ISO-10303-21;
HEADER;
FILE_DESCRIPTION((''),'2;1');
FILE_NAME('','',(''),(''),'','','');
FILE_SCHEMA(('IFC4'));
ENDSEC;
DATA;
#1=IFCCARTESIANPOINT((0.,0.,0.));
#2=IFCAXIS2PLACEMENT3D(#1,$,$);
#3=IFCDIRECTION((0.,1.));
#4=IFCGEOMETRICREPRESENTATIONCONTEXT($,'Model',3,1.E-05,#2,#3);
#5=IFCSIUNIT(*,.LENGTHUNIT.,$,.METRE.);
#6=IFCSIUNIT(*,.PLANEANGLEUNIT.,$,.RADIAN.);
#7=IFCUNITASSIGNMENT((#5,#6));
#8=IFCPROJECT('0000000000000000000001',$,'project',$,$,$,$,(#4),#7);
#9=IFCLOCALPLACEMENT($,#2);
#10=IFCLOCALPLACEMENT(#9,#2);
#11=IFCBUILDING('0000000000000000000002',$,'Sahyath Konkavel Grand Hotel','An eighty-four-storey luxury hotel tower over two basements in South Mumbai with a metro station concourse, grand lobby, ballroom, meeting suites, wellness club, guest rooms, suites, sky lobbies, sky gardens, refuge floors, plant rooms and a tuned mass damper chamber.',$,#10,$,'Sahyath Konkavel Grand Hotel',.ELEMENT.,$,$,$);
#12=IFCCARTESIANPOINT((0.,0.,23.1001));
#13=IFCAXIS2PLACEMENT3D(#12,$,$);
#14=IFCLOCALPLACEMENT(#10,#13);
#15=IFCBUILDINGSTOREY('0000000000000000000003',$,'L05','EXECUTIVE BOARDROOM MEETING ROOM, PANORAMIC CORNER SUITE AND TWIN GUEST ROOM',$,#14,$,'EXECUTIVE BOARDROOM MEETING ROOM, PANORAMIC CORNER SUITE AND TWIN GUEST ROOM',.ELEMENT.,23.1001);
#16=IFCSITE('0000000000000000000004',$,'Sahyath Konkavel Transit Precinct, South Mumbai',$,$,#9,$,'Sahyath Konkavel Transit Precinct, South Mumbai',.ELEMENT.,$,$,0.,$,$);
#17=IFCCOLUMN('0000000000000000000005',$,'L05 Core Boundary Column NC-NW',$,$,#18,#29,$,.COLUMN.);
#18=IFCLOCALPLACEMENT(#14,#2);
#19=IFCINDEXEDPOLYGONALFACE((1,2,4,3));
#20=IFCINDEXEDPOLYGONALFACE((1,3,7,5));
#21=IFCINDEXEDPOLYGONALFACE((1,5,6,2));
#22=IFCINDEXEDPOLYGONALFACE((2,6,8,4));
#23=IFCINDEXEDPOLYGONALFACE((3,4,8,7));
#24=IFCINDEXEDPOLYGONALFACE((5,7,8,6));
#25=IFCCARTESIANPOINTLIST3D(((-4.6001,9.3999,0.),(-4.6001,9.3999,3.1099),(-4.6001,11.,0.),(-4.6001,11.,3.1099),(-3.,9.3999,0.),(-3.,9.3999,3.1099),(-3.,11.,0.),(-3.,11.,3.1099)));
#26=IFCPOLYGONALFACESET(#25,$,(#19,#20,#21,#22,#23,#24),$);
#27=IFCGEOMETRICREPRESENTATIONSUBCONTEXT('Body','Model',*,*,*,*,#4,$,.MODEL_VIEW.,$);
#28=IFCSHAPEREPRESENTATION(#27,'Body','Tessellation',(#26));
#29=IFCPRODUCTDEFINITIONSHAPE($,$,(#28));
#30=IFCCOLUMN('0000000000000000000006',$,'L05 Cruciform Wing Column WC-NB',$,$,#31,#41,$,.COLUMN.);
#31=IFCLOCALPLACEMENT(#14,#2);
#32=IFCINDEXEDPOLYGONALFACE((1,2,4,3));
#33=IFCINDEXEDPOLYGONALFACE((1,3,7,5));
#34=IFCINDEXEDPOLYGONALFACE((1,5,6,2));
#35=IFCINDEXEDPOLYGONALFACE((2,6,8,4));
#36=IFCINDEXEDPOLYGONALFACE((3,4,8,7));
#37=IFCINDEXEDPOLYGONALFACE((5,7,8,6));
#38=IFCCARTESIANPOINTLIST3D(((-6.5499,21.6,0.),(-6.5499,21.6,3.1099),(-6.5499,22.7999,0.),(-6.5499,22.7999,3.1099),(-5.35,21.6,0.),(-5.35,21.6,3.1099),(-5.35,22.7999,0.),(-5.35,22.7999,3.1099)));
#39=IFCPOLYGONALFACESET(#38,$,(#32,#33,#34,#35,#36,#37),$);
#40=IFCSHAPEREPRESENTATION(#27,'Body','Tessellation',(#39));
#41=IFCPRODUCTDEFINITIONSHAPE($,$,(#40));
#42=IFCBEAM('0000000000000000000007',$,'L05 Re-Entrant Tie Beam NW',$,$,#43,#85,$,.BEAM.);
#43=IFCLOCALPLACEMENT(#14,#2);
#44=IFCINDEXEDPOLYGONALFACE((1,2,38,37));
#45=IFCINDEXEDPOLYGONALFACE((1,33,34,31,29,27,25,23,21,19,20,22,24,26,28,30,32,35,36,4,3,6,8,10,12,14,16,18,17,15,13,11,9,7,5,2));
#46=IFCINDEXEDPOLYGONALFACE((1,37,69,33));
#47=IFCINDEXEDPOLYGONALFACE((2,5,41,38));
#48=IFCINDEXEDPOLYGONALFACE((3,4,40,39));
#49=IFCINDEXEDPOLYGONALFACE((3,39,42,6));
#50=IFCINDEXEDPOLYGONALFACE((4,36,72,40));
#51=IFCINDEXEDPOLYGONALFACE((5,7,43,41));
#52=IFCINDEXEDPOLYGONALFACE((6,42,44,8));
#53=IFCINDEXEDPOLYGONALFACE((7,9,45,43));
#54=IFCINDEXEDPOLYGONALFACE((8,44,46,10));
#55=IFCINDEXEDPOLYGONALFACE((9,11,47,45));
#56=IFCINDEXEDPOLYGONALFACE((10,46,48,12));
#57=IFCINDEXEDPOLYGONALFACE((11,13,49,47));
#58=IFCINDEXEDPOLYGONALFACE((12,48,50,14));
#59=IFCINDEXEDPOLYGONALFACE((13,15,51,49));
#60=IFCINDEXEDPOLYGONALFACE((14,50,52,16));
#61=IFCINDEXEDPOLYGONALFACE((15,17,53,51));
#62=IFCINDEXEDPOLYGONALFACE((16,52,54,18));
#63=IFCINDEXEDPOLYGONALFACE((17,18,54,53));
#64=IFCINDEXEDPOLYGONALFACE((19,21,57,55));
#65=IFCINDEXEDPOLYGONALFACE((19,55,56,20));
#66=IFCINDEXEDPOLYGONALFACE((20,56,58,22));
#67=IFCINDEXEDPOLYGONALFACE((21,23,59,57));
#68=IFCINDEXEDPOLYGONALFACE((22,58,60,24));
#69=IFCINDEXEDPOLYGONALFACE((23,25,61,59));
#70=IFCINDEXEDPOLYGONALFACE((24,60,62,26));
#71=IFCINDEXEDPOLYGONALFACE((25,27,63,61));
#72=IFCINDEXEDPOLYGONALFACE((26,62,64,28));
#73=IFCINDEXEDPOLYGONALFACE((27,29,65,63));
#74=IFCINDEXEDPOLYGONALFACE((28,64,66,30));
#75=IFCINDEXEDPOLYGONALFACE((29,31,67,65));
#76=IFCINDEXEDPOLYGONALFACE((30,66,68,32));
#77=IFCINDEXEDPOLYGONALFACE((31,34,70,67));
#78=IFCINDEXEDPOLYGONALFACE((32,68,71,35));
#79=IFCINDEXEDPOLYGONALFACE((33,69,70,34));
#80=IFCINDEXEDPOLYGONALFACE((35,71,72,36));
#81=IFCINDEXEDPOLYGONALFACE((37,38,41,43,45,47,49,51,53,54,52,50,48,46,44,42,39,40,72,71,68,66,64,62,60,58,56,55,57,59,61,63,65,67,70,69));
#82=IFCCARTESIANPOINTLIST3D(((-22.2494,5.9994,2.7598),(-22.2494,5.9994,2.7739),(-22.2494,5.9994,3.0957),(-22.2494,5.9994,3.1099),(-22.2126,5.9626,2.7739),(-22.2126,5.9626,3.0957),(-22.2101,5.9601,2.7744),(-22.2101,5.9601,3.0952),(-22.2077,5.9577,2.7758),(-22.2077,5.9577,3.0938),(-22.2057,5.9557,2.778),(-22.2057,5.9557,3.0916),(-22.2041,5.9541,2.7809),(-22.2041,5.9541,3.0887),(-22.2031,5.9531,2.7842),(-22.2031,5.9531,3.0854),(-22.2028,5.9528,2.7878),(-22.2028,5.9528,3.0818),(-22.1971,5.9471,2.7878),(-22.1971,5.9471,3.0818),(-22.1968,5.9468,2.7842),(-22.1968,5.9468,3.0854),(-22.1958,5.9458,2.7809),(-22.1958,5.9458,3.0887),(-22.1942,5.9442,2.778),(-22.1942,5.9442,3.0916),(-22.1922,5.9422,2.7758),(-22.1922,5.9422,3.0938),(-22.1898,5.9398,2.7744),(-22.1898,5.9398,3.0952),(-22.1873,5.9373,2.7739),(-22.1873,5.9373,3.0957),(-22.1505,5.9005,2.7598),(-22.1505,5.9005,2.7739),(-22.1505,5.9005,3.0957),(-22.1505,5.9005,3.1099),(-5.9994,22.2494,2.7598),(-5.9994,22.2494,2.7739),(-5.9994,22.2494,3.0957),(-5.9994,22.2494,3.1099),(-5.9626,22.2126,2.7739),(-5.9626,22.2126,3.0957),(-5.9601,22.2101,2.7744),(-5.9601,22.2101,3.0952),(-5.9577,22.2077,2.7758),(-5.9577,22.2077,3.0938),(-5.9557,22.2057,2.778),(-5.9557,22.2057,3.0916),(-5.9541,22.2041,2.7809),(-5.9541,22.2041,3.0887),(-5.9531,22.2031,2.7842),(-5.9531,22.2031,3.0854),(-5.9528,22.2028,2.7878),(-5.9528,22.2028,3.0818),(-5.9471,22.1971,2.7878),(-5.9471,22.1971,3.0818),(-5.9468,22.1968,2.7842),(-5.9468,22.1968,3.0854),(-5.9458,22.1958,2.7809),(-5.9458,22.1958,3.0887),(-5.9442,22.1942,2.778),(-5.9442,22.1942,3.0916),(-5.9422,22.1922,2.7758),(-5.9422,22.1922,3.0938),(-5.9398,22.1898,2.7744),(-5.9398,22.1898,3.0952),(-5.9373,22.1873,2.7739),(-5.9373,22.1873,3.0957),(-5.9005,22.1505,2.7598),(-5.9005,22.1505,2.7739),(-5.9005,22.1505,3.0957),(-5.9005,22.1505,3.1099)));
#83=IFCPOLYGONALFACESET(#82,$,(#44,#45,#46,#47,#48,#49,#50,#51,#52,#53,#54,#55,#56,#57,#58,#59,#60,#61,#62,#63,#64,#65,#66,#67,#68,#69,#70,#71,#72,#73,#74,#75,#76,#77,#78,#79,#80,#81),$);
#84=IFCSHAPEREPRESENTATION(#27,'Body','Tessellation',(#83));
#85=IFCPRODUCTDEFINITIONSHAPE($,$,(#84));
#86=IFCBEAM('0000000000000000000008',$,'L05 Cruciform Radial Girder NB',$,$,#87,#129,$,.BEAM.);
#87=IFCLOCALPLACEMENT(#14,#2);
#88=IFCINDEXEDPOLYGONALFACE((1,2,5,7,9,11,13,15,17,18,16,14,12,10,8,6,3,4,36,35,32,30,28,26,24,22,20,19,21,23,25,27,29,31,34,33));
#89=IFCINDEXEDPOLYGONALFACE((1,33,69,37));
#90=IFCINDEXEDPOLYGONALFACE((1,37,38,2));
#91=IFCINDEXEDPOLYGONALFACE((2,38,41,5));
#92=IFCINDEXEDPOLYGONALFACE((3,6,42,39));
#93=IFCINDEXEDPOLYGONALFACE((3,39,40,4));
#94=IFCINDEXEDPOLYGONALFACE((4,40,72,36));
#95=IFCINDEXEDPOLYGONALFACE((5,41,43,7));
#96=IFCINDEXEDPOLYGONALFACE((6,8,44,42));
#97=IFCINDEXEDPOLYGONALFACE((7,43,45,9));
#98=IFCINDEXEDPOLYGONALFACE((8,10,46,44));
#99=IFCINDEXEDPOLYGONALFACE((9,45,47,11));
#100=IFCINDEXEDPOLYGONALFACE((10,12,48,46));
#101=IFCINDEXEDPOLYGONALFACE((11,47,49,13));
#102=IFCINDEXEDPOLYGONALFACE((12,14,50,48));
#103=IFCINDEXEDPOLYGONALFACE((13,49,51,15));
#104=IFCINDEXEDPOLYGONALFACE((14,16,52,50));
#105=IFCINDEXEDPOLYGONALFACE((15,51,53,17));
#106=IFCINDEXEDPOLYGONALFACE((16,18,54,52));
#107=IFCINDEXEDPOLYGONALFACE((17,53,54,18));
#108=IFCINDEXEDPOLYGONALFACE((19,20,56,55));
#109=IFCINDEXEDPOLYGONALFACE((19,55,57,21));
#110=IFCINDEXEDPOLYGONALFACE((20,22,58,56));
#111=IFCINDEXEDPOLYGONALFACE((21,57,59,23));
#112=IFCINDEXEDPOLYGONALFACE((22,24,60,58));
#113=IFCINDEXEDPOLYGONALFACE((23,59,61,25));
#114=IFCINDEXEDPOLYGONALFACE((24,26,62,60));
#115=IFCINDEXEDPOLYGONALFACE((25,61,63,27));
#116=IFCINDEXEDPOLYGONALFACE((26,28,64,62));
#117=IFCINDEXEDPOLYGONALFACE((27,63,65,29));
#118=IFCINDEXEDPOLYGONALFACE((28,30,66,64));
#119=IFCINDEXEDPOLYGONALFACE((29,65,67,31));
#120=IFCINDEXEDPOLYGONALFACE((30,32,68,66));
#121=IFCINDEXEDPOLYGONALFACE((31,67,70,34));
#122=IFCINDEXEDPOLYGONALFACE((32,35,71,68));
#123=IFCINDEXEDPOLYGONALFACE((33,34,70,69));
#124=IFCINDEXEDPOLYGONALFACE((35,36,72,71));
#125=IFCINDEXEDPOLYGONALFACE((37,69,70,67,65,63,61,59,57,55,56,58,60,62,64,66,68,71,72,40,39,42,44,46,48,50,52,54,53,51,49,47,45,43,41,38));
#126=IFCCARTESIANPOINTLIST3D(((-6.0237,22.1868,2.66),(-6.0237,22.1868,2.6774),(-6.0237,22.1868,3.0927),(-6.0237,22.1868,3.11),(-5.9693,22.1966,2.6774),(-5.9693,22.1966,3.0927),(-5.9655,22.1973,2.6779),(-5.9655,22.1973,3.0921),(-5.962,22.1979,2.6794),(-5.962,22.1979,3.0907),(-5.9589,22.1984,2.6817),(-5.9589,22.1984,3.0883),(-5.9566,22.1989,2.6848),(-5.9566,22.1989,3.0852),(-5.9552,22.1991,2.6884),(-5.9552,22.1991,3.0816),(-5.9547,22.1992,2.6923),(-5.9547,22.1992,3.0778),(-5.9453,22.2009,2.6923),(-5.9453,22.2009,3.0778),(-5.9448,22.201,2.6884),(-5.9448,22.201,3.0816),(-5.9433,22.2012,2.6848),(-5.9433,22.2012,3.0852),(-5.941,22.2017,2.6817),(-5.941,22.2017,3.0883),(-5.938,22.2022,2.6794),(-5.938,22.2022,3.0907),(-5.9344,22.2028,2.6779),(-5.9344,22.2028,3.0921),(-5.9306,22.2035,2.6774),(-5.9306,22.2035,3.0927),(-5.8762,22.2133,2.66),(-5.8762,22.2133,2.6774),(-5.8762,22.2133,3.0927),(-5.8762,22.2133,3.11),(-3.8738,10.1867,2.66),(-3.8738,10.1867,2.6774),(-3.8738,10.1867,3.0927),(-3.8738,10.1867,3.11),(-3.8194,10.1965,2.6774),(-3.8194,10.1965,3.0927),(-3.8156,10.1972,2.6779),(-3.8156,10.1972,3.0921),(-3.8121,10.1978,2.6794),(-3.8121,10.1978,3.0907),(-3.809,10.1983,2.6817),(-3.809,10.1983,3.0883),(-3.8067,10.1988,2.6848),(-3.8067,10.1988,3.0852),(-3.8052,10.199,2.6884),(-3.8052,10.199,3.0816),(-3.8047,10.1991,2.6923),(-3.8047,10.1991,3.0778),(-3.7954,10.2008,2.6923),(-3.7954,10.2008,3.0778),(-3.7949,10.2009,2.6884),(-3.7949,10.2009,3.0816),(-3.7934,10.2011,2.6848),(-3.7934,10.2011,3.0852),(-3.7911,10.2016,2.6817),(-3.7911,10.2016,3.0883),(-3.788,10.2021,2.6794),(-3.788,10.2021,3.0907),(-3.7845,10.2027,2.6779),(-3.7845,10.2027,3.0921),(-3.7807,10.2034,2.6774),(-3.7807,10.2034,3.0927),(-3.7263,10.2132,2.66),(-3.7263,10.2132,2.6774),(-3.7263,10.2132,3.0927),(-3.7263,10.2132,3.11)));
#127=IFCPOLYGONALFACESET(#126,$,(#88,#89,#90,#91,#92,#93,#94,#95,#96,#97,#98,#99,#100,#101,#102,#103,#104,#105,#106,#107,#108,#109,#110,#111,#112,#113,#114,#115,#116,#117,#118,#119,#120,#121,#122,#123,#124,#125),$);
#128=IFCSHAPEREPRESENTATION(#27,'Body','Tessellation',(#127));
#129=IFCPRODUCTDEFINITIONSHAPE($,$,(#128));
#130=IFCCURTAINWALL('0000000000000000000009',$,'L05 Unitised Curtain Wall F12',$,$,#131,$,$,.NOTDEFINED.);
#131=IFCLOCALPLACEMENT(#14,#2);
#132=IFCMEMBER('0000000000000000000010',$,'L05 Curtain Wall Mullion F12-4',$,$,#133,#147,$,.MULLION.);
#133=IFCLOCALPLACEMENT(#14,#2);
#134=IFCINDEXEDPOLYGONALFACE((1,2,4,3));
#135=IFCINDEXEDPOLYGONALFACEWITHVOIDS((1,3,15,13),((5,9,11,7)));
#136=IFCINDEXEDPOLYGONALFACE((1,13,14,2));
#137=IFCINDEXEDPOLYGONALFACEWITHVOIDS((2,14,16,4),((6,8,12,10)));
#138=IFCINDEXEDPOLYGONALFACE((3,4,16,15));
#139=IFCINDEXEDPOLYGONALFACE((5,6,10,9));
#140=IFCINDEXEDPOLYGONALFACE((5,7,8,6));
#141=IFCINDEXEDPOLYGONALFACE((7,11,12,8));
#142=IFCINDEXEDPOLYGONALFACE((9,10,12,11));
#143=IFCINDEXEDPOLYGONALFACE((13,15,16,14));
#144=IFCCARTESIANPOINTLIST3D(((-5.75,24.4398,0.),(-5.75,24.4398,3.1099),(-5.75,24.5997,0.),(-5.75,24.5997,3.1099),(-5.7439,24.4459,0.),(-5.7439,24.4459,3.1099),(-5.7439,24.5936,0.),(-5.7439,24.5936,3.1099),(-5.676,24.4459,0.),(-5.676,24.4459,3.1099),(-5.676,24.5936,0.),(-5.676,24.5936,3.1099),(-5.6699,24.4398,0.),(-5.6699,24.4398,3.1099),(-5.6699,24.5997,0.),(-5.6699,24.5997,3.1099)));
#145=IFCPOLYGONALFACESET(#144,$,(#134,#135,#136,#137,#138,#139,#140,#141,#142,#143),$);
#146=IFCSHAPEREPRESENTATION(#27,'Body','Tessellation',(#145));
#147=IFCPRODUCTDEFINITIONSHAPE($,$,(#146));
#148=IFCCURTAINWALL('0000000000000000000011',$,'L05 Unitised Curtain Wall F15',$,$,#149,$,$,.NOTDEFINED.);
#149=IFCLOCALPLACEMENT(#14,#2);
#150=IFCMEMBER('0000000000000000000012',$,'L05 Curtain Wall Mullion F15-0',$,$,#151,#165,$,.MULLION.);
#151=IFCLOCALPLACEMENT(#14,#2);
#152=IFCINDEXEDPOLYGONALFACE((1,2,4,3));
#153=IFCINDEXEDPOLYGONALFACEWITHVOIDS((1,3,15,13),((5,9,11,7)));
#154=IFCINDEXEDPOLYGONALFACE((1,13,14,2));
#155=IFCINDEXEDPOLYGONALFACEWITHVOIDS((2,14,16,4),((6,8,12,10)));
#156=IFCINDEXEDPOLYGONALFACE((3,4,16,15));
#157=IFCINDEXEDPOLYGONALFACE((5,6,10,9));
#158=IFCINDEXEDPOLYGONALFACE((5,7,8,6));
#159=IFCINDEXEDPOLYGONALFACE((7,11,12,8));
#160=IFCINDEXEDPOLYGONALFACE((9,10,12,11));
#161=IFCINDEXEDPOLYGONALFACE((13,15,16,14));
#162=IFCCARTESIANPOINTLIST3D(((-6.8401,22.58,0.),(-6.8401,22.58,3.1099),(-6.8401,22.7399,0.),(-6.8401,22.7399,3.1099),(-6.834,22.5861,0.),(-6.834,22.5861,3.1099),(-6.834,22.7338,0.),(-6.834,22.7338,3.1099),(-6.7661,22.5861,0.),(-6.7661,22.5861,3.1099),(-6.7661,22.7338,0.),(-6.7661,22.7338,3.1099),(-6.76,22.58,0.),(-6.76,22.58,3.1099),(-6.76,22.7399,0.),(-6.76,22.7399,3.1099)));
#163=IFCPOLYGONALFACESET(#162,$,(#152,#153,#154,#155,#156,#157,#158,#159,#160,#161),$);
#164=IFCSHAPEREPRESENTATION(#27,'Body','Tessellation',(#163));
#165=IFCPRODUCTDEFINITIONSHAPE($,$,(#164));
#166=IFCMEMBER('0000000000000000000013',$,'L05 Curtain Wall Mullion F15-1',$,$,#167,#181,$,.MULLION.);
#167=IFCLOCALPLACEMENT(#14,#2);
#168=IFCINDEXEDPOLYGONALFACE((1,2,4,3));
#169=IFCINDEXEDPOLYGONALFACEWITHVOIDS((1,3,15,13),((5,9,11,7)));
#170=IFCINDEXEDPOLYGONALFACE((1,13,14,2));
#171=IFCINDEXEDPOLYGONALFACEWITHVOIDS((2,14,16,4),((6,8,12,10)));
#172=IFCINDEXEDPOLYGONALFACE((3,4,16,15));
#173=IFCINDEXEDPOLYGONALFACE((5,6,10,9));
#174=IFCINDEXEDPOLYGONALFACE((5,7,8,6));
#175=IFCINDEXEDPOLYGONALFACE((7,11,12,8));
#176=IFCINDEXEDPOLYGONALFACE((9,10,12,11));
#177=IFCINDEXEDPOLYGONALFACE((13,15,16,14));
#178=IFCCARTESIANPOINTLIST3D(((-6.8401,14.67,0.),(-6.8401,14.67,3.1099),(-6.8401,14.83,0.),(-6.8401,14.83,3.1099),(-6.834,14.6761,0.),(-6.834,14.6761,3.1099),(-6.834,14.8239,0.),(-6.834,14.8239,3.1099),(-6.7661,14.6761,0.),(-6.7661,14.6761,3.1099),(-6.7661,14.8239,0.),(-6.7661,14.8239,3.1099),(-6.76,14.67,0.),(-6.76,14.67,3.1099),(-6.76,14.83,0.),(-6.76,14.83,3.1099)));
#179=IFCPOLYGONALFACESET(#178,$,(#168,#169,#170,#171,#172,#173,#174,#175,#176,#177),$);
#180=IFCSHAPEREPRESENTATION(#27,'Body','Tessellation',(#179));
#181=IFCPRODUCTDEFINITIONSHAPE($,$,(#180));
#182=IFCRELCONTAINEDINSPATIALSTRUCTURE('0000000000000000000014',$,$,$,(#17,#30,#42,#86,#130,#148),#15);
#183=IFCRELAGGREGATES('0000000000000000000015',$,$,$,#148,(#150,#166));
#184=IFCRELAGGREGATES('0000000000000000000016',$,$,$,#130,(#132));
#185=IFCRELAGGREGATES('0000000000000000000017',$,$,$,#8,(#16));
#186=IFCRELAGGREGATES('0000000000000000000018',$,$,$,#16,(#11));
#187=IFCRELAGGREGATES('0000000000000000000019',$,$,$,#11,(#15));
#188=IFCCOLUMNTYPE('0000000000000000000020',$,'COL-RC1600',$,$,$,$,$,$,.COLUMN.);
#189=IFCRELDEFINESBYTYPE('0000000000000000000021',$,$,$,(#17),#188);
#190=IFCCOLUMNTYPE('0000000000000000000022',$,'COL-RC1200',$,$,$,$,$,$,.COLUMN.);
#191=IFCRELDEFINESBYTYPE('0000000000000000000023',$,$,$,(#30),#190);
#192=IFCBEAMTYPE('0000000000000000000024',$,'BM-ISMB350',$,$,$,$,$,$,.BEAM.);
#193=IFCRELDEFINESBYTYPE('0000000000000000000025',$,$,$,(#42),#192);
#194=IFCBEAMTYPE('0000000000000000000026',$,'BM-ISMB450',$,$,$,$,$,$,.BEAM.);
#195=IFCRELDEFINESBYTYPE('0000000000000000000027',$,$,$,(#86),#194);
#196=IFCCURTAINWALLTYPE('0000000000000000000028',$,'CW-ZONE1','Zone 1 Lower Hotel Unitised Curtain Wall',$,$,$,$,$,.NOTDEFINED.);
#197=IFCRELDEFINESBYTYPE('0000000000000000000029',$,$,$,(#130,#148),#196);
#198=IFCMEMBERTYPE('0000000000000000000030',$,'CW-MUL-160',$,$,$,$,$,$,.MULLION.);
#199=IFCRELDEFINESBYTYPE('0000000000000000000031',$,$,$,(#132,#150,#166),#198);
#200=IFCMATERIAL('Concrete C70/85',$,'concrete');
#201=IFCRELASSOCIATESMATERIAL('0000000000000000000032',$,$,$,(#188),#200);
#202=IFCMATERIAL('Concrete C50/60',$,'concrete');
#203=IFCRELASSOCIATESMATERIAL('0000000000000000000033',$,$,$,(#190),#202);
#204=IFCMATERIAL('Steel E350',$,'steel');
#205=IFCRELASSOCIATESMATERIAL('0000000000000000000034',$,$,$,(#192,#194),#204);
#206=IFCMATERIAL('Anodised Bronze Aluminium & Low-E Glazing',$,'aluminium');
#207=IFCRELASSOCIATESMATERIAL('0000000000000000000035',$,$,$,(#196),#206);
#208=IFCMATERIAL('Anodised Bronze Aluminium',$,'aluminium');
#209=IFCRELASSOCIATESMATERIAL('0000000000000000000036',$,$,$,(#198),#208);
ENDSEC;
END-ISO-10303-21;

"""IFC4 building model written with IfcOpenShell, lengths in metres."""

from ifc_helpers import new_model, si_unit, direction, frame, origin, origin_2d, place, context, subcontext, project, spatial, rectangle, hollow_rectangle, i_section, extrude, source, transform, mapped, material, material_profile, profile_set, type_object, element, aggregate, save


model = new_model("IFC4")

# Units and contexts
model_context = context("Model", 3, precision=1e-05, world=origin(), true_north=direction((0.0, 1.0)))
body_context = subcontext(model_context, "Body", "Model", "MODEL_VIEW")
ifc_project = project(units=[si_unit("LENGTHUNIT", "METRE"), si_unit("PLANEANGLEUNIT", "RADIAN")], contexts=[model_context])

# Site, building, storey
site_placement = place(None, origin())
site = spatial("IfcSite", under=ifc_project, at=site_placement, Name="Sahyath Konkavel Transit Precinct, South Mumbai", LongName="Sahyath Konkavel Transit Precinct, South Mumbai", CompositionType="ELEMENT", RefElevation=0.0)
building_placement = place(site_placement, origin())
building = spatial("IfcBuilding", under=site, at=building_placement, Name="Sahyath Konkavel Grand Hotel", Description="An eighty-four-storey luxury hotel tower over two basements in South Mumbai with a metro station concourse, grand lobby, ballroom, meeting suites, wellness club, guest rooms, suites, sky lobbies, sky gardens, refuge floors, plant rooms and a tuned mass damper chamber.", LongName="Sahyath Konkavel Grand Hotel", CompositionType="ELEMENT")
storey_placement = place(building_placement, frame((0.0, 0.0, 23.1001)))
storey = spatial("IfcBuildingStorey", under=building, at=storey_placement, Name="L05", Description="EXECUTIVE BOARDROOM MEETING ROOM, PANORAMIC CORNER SUITE AND TWIN GUEST ROOM", LongName="EXECUTIVE BOARDROOM MEETING ROOM, PANORAMIC CORNER SUITE AND TWIN GUEST ROOM", CompositionType="ELEMENT", Elevation=23.1001)

# Columns
ifc_material_1 = material(Name="Concrete C70/85", Category="concrete")
ifc_material_profile_1 = material_profile(ifc_material_1, rectangle(XDim=1.6001, YDim=1.6001, at=origin_2d()), Name="RC 1600x1600")
ifc_profile_set_1 = profile_set([ifc_material_profile_1], Name="Concrete C70/85")
column_type_1 = type_object("IfcColumnType", Name="COL-RC1600", PredefinedType="COLUMN", material=ifc_profile_set_1)
shared_shape_1 = source(origin(), body_context, "Body", "SweptSolid", [
    extrude(rectangle(XDim=1.6001, YDim=1.6001, at=origin_2d()), origin(), (0.0, 0.0, 1.0), 3.1099),
])
column_1_placement = place(storey_placement, frame((-3.8, 10.2, 0.0), z_axis=(0.0, 0.0, 1.0), x_axis=(1.0, 0.0, 0.0)))
element("IfcColumn", 1, at=column_1_placement, inside=storey, type_object=column_type_1, Name="L05 Core Boundary Column NC-NW", PredefinedType="COLUMN", context=body_context, shape_type="MappedRepresentation", body=[
    mapped(shared_shape_1, transform((0.0, 0.0, 0.0), scale=1.0)),
])
ifc_material_2 = material(Name="Concrete C50/60", Category="concrete")
ifc_material_profile_2 = material_profile(ifc_material_2, rectangle(XDim=1.2, YDim=1.2, at=origin_2d()), Name="RC 1200x1200")
ifc_profile_set_2 = profile_set([ifc_material_profile_2], Name="Concrete C50/60")
column_type_2 = type_object("IfcColumnType", Name="COL-RC1200", PredefinedType="COLUMN", material=ifc_profile_set_2)
shared_shape_2 = source(origin(), body_context, "Body", "SweptSolid", [
    extrude(rectangle(XDim=1.2, YDim=1.2, at=origin_2d()), origin(), (0.0, 0.0, 1.0), 3.1099),
])
column_2_placement = place(storey_placement, frame((-5.95, 22.2, 0.0), z_axis=(0.0, 0.0, 1.0), x_axis=(1.0, 0.0, 0.0)))
element("IfcColumn", 2, at=column_2_placement, inside=storey, type_object=column_type_2, Name="L05 Cruciform Wing Column WC-NB", PredefinedType="COLUMN", context=body_context, shape_type="MappedRepresentation", body=[
    mapped(shared_shape_2, transform((0.0, 0.0, 0.0), scale=1.0)),
])

# Beams
ifc_material_3 = material(Name="Steel E350", Category="steel")
ifc_material_profile_3 = material_profile(ifc_material_3, i_section(OverallWidth=0.1399, OverallDepth=0.3501, WebThickness=0.0081, FlangeThickness=0.0142, FilletRadius=0.0139, at=origin_2d()), Name="ISMB 350")
ifc_profile_set_3 = profile_set([ifc_material_profile_3], Name="Steel E350")
beam_type_1 = type_object("IfcBeamType", Name="BM-ISMB350", PredefinedType="BEAM", material=ifc_profile_set_3)
shared_shape_3 = source(origin(), body_context, "Body", "SweptSolid", [
    extrude(i_section(OverallWidth=0.1399, OverallDepth=0.3501, WebThickness=0.0081, FlangeThickness=0.0142, FilletRadius=0.0139, at=origin_2d()), origin(), (0.0, 0.0, 1.0), 22.981),
])
beam_1_placement = place(storey_placement, frame((-5.95, 22.2, 2.9348), z_axis=(-0.707107, -0.707107, 0.0), x_axis=(0.707107, -0.707107, 0.0)))
element("IfcBeam", 3, at=beam_1_placement, inside=storey, type_object=beam_type_1, Name="L05 Re-Entrant Tie Beam NW", PredefinedType="BEAM", context=body_context, shape_type="MappedRepresentation", body=[
    mapped(shared_shape_3, transform((0.0, 0.0, 0.0), scale=1.0)),
])
ifc_material_profile_4 = material_profile(ifc_material_3, i_section(OverallWidth=0.1499, OverallDepth=0.45, WebThickness=0.0095, FlangeThickness=0.0173, FilletRadius=0.0149, at=origin_2d()), Name="ISMB 450")
ifc_profile_set_4 = profile_set([ifc_material_profile_4], Name="Steel E350")
beam_type_2 = type_object("IfcBeamType", Name="BM-ISMB450", PredefinedType="BEAM", material=ifc_profile_set_4)
shared_shape_4 = source(origin(), body_context, "Body", "SweptSolid", [
    extrude(i_section(OverallWidth=0.1499, OverallDepth=0.45, WebThickness=0.0095, FlangeThickness=0.0173, FilletRadius=0.0149, at=origin_2d()), origin(), (0.0, 0.0, 1.0), 12.1912),
])
beam_2_placement = place(storey_placement, frame((-3.8, 10.2, 2.885), z_axis=(-0.176351, 0.984327, 0.0), x_axis=(-0.984327, -0.176351, 0.0)))
element("IfcBeam", 4, at=beam_2_placement, inside=storey, type_object=beam_type_2, Name="L05 Cruciform Radial Girder NB", PredefinedType="BEAM", context=body_context, shape_type="MappedRepresentation", body=[
    mapped(shared_shape_4, transform((0.0, 0.0, 0.0), scale=1.0)),
])

# Curtain wall, member
ifc_material_4 = material(Name="Anodised Bronze Aluminium & Low-E Glazing", Category="aluminium")
curtain_wall_type = type_object("IfcCurtainWallType", Name="CW-ZONE1", Description="Zone 1 Lower Hotel Unitised Curtain Wall", PredefinedType="NOTDEFINED", material=ifc_material_4)
curtain_wall_1_placement = place(storey_placement, origin())
curtain_wall_1 = element("IfcCurtainWall", 5, at=curtain_wall_1_placement, inside=storey, type_object=curtain_wall_type, Name="L05 Unitised Curtain Wall F12", PredefinedType="NOTDEFINED")
ifc_material_5 = material(Name="Anodised Bronze Aluminium", Category="aluminium")
ifc_material_profile_5 = material_profile(ifc_material_5, hollow_rectangle(XDim=0.0801, YDim=0.1599, WallThickness=0.0061, at=origin_2d()), Name="RHS 160x80x6")
ifc_profile_set_5 = profile_set([ifc_material_profile_5], Name="Anodised Bronze Aluminium")
member_type_1 = type_object("IfcMemberType", Name="CW-MUL-160", PredefinedType="MULLION", material=ifc_profile_set_5)
shared_shape_5 = source(origin(), body_context, "Body", "SweptSolid", [
    extrude(hollow_rectangle(XDim=0.0801, YDim=0.1599, WallThickness=0.0061, at=origin_2d()), origin(), (0.0, 0.0, 1.0), 3.1099),
])
member_1_placement = place(storey_placement, frame((-5.71, 24.5198, 0.0), z_axis=(0.0, 0.0, 1.0), x_axis=(1.0, 0.0, 0.0)))
member_1 = element("IfcMember", 6, at=member_1_placement, type_object=member_type_1, Name="L05 Curtain Wall Mullion F12-4", PredefinedType="MULLION", context=body_context, shape_type="MappedRepresentation", body=[
    mapped(shared_shape_5, transform((0.0, 0.0, 0.0), scale=1.0)),
])

# Curtain wall, members
curtain_wall_2_placement = place(storey_placement, origin())
curtain_wall_2 = element("IfcCurtainWall", 7, at=curtain_wall_2_placement, inside=storey, type_object=curtain_wall_type, Name="L05 Unitised Curtain Wall F15", PredefinedType="NOTDEFINED")
member_2_placement = place(storey_placement, frame((-6.8, 22.6599, 0.0), z_axis=(0.0, 0.0, 1.0), x_axis=(1.0, 0.0, 0.0)))
member_2 = element("IfcMember", 8, at=member_2_placement, type_object=member_type_1, Name="L05 Curtain Wall Mullion F15-0", PredefinedType="MULLION", context=body_context, shape_type="MappedRepresentation", body=[
    mapped(shared_shape_5, transform((0.0, 0.0, 0.0), scale=1.0)),
])
member_3_placement = place(storey_placement, frame((-6.8, 14.75, 0.0), z_axis=(0.0, 0.0, 1.0), x_axis=(1.0, 0.0, 0.0)))
member_3 = element("IfcMember", 9, at=member_3_placement, type_object=member_type_1, Name="L05 Curtain Wall Mullion F15-1", PredefinedType="MULLION", context=body_context, shape_type="MappedRepresentation", body=[
    mapped(shared_shape_5, transform((0.0, 0.0, 0.0), scale=1.0)),
])

aggregate(curtain_wall_2, [member_2, member_3])
aggregate(curtain_wall_1, [member_1])

save(model, "model.ifc")
